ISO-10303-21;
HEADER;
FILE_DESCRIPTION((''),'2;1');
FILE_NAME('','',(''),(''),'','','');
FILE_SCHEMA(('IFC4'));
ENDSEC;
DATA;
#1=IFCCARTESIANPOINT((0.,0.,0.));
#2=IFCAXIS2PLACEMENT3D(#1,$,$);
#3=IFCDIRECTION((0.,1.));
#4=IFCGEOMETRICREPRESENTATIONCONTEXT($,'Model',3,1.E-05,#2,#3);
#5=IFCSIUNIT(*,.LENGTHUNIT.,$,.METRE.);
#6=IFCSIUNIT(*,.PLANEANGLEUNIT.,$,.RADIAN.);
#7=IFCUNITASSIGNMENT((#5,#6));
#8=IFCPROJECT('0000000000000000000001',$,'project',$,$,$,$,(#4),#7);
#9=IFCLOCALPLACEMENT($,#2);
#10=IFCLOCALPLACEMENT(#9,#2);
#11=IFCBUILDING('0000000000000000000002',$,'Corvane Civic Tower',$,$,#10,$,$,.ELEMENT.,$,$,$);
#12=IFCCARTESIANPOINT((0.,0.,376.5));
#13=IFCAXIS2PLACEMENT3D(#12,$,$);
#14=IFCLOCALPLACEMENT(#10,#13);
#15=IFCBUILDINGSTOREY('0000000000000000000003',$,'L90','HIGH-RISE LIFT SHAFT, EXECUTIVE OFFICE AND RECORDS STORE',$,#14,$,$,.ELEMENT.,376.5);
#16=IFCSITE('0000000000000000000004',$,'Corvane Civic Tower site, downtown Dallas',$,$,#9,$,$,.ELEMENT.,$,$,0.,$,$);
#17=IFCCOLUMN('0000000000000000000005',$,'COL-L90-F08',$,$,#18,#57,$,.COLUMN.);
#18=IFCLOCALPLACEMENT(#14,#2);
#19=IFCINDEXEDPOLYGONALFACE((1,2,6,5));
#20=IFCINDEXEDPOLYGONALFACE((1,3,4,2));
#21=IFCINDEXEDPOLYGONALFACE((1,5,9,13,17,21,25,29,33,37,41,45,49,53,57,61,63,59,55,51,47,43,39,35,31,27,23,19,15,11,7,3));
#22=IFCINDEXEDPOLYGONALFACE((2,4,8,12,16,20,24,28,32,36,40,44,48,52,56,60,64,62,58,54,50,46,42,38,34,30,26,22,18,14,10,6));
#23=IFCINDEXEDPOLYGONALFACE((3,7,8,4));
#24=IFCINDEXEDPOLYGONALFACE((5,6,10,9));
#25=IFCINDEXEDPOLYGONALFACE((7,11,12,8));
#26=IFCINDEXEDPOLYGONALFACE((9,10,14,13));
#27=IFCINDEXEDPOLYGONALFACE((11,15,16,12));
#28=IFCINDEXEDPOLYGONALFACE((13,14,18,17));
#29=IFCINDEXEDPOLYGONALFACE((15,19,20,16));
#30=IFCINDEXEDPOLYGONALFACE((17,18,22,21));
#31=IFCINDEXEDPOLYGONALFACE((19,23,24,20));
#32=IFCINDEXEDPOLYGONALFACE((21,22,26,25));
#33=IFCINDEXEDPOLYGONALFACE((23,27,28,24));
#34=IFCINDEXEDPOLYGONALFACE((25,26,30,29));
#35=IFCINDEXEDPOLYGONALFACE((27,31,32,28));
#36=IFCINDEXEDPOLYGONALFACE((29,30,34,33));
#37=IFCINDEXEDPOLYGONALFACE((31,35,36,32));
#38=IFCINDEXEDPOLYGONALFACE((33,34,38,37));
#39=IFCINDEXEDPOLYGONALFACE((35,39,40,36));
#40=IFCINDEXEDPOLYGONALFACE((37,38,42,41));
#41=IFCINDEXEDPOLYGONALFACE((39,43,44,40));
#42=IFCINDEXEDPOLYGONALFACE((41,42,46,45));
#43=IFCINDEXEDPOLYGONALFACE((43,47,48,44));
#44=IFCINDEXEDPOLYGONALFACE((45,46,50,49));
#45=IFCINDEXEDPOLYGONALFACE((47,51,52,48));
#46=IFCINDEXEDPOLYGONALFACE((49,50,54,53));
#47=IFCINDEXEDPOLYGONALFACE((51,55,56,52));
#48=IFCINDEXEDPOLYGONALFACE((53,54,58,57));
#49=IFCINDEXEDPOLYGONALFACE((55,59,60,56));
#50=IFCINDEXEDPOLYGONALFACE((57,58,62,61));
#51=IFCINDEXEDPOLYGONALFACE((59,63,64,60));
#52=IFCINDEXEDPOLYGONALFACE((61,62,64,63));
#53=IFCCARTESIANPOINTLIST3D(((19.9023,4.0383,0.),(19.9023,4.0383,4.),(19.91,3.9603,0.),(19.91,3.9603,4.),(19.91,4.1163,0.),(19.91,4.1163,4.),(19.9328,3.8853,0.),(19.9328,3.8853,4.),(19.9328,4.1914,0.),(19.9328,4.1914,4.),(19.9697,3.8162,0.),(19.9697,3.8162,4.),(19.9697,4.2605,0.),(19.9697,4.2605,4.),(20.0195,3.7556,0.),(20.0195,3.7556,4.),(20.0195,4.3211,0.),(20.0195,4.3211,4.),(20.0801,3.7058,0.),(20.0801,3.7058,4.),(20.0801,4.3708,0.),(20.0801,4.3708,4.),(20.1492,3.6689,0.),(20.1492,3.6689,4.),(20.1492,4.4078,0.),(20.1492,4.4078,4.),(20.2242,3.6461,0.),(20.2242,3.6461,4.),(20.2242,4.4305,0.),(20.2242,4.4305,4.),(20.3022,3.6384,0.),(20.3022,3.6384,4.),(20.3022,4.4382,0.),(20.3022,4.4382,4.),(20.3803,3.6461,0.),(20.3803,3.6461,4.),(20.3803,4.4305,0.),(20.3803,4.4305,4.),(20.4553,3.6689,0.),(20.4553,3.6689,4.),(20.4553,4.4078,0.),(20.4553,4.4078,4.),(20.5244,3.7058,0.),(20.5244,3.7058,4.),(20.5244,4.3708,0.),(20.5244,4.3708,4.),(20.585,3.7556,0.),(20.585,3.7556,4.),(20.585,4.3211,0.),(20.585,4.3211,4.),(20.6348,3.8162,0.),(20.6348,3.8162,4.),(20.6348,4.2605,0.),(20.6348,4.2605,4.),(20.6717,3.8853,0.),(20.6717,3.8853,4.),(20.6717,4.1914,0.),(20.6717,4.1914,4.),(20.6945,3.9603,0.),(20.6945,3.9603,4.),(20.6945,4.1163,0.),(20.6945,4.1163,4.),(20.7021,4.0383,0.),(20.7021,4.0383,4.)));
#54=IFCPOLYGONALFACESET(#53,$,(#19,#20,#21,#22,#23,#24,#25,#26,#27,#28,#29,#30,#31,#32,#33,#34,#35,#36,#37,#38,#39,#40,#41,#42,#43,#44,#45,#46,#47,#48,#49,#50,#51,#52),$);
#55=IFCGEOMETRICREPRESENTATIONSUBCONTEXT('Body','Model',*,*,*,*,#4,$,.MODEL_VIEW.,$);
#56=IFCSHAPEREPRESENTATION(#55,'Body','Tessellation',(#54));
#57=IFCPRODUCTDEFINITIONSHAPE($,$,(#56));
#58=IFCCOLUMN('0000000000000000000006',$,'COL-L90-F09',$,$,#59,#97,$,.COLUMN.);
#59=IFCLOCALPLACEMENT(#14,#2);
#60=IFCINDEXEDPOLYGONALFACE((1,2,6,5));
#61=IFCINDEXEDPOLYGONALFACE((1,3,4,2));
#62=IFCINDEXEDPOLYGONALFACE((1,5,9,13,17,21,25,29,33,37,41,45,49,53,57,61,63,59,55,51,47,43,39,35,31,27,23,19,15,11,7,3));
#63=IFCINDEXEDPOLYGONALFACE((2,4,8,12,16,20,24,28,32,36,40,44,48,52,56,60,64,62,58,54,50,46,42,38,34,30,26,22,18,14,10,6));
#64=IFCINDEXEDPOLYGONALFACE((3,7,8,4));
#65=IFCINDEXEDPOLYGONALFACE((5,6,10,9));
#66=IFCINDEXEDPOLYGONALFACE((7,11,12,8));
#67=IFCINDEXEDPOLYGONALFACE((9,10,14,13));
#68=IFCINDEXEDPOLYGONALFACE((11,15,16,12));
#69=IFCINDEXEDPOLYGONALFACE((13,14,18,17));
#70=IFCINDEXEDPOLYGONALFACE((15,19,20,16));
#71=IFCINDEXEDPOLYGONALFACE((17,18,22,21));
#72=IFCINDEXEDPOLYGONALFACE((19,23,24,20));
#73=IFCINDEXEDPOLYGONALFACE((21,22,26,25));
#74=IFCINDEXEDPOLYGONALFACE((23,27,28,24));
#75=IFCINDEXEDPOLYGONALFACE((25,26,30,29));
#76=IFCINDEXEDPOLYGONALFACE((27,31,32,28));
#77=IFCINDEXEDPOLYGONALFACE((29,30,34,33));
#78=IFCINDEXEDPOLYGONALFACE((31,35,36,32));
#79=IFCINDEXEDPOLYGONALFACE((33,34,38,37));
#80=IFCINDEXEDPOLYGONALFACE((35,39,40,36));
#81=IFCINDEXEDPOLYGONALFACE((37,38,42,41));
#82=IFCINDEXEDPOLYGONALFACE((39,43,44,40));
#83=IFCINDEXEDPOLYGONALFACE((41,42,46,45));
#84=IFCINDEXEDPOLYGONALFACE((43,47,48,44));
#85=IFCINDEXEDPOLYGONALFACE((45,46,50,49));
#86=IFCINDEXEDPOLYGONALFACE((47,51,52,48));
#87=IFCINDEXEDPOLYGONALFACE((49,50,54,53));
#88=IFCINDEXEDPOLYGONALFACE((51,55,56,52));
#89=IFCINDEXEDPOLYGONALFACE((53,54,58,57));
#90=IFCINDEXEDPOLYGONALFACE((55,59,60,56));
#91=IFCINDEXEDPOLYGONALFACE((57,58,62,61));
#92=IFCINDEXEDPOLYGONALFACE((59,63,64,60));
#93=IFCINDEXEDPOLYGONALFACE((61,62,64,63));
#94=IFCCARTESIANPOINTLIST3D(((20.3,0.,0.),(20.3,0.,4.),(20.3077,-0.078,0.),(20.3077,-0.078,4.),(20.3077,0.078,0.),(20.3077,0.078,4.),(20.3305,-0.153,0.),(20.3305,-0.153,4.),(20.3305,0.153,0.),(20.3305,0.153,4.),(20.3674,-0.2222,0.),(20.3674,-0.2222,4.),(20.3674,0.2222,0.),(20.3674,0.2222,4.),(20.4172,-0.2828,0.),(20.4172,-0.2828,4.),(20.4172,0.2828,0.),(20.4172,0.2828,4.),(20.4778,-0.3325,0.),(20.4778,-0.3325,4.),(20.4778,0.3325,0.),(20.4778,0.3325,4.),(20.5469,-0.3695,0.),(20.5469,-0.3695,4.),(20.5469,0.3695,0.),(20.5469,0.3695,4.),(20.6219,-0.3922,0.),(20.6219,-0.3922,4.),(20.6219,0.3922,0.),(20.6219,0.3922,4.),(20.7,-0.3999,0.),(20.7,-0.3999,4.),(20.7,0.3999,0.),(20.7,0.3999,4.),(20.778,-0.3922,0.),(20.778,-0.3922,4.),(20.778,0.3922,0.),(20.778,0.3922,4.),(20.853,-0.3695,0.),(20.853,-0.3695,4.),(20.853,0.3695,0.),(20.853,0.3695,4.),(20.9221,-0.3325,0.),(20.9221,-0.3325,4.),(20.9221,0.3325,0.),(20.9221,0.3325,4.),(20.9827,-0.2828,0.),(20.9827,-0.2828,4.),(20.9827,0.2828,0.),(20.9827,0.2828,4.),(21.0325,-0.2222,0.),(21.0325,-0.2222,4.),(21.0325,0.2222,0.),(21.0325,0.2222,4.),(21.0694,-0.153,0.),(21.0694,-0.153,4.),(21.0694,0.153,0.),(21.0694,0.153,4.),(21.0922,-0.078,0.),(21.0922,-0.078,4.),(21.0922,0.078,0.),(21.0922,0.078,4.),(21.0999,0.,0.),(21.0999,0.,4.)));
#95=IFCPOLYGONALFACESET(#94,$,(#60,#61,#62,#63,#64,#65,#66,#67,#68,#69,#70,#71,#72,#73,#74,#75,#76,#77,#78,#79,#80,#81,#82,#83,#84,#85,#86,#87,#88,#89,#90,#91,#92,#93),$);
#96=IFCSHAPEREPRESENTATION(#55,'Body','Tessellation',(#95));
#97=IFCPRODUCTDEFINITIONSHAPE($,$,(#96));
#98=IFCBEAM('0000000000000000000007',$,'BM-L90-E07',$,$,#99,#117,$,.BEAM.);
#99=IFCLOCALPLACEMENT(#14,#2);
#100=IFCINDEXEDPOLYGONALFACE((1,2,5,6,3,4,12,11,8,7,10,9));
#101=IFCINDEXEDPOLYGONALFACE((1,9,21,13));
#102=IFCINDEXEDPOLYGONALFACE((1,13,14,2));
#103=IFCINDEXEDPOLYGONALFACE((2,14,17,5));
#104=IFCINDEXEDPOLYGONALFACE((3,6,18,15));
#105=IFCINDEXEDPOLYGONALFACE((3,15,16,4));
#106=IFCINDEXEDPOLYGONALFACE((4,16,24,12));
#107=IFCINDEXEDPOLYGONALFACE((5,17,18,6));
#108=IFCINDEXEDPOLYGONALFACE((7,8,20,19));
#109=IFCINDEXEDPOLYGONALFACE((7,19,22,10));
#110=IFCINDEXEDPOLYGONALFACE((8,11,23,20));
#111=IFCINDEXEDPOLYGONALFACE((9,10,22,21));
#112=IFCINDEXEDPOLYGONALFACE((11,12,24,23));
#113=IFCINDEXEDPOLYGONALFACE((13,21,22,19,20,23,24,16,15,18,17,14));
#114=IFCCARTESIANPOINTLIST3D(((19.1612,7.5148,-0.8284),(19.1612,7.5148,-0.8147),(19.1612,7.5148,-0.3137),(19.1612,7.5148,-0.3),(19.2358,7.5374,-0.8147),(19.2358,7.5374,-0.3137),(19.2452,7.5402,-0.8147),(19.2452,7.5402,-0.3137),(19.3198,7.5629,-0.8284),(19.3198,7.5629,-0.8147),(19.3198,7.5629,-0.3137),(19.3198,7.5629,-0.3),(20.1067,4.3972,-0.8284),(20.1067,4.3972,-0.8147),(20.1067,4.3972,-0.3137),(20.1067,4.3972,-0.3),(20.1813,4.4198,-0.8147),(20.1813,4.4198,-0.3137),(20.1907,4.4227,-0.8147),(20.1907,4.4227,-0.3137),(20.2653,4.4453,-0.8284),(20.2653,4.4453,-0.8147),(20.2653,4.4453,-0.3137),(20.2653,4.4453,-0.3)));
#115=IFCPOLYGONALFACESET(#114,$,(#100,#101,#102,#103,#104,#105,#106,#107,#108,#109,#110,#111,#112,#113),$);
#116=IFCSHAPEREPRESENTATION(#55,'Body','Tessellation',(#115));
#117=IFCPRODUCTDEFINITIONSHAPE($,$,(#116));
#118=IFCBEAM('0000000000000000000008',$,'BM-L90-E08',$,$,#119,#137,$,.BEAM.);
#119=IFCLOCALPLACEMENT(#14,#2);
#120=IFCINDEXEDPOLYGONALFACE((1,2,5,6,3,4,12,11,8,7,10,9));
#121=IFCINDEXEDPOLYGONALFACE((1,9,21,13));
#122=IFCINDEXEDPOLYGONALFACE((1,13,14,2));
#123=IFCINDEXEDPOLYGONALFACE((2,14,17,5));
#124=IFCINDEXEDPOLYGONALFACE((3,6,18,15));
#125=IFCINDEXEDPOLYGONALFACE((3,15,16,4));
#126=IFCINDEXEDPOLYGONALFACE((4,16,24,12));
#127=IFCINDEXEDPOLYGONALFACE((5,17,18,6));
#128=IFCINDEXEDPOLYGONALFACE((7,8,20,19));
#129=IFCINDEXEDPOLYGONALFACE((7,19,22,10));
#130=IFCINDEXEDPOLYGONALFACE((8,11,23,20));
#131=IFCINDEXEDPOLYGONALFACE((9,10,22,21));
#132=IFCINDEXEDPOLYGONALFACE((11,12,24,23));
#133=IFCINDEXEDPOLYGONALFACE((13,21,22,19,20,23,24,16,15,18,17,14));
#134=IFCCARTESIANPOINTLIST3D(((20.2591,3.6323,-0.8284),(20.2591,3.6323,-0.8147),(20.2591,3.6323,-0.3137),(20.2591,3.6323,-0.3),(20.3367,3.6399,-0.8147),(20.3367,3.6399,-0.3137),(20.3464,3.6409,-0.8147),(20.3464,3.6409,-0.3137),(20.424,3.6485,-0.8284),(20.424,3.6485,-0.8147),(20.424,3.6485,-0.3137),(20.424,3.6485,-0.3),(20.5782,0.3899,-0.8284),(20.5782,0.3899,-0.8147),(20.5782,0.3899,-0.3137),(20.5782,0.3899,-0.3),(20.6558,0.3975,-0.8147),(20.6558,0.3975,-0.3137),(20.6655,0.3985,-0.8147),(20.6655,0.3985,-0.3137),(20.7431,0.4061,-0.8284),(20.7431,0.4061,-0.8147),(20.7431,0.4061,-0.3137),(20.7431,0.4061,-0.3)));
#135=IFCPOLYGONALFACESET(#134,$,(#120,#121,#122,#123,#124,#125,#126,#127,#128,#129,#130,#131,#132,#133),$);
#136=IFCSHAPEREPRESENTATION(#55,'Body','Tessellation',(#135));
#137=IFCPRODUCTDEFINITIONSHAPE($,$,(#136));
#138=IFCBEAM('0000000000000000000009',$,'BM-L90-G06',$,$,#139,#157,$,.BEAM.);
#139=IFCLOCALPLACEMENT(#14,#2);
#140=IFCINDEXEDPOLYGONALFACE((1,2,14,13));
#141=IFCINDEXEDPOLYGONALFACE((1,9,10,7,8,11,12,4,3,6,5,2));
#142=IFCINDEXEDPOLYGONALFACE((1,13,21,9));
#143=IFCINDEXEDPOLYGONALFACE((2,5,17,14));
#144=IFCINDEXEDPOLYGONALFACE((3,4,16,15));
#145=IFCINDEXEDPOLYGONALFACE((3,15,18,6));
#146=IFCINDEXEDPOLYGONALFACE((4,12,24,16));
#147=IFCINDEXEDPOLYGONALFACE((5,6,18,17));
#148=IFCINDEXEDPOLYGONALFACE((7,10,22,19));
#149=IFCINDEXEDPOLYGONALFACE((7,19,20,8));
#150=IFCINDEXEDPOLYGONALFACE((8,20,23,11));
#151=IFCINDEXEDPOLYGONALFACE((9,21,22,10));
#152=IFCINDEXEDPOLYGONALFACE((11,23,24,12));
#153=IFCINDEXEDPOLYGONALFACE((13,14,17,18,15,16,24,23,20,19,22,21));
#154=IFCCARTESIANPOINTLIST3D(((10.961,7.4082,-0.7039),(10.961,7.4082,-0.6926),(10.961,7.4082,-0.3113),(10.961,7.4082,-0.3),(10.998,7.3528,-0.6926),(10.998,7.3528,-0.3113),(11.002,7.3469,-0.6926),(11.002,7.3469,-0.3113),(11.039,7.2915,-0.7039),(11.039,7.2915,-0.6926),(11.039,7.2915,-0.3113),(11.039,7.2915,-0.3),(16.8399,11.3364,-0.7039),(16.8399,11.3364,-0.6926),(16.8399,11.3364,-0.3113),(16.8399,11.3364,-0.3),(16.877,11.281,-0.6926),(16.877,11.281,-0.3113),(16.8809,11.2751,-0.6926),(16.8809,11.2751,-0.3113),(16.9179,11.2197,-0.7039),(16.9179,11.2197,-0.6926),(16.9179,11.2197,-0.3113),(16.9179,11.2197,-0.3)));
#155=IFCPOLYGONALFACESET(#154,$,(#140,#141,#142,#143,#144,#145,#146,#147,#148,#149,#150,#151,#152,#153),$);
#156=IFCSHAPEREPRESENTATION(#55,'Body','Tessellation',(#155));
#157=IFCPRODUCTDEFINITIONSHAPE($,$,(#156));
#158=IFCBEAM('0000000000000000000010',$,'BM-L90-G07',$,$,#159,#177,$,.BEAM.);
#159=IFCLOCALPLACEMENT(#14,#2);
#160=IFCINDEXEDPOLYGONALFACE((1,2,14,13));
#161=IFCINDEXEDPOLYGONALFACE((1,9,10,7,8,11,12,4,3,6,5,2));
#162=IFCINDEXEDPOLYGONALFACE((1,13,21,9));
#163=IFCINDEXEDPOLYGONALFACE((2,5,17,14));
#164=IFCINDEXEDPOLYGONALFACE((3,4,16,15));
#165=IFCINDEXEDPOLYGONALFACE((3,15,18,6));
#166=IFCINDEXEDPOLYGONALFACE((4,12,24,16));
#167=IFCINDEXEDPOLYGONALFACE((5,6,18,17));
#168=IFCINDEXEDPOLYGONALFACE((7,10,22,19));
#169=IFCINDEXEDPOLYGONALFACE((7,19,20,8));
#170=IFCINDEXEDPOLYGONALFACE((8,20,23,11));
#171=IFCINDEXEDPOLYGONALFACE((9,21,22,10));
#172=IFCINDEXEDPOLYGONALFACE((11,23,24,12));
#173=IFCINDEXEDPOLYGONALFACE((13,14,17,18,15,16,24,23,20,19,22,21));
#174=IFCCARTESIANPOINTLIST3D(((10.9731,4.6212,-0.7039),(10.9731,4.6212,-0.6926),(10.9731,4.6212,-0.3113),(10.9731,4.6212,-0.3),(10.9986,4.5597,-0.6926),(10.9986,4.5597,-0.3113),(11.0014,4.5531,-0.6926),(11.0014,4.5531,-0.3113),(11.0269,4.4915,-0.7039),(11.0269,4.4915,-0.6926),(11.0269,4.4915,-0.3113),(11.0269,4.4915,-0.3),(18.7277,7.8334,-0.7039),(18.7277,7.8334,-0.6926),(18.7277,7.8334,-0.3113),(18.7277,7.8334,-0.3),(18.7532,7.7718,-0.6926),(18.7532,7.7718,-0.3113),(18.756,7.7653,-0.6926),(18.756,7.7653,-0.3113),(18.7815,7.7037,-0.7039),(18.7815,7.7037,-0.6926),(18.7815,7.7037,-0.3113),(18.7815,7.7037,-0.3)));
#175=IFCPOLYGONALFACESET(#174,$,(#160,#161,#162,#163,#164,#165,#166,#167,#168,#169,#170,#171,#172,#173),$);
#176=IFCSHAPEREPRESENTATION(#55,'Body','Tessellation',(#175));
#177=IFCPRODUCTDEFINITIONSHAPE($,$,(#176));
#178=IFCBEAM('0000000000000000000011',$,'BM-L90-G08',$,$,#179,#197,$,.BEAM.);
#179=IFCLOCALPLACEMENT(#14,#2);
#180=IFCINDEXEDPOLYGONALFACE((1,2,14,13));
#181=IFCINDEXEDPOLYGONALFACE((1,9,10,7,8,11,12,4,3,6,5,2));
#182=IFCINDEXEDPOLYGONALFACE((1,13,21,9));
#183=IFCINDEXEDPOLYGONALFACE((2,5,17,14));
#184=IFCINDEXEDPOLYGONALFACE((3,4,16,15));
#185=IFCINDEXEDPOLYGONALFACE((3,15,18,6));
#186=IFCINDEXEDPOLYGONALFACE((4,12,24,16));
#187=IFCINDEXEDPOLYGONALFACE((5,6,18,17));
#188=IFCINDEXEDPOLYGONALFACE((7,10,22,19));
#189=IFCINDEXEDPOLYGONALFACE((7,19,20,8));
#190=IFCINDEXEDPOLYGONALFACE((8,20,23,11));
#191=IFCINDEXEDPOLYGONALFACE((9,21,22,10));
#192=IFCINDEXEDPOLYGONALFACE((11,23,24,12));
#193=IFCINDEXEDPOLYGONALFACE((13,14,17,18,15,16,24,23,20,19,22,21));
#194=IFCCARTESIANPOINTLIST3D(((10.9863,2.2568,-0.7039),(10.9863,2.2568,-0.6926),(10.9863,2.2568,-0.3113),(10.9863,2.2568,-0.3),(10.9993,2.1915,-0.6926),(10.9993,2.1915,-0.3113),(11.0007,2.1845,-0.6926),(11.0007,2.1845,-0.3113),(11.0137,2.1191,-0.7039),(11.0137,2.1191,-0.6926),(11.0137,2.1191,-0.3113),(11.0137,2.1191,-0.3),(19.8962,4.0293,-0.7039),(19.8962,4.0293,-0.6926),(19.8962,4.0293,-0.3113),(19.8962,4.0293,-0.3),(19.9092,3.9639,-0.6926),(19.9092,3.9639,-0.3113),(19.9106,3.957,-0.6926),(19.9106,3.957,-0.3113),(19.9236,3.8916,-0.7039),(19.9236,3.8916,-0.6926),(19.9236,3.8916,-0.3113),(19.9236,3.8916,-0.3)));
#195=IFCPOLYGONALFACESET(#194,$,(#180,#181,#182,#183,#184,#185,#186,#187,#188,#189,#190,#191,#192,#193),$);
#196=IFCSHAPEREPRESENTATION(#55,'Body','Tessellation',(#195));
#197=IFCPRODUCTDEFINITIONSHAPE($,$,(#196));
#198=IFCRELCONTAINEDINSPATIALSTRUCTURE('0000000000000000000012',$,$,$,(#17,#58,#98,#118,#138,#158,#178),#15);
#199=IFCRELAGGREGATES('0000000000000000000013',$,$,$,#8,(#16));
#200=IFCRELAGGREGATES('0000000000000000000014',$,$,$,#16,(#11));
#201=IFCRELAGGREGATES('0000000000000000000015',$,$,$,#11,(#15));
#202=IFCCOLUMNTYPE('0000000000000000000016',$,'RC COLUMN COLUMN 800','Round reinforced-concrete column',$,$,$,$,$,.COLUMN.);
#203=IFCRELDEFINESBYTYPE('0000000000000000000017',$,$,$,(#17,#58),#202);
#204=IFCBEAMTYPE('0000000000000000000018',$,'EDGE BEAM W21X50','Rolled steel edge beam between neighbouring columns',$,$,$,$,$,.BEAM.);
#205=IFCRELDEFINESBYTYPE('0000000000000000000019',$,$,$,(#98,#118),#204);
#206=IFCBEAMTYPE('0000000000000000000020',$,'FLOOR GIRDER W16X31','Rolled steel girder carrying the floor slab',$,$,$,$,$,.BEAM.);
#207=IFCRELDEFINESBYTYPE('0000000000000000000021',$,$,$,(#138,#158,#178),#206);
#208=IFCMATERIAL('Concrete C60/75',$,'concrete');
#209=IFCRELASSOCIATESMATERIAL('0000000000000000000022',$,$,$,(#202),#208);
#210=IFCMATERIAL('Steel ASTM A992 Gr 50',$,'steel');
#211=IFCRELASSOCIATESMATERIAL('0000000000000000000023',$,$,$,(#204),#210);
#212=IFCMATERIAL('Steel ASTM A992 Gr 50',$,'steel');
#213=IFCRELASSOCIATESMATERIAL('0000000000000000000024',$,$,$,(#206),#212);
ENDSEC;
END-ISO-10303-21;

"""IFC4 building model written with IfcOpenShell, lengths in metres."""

from ifc_helpers import new_model, si_unit, direction, frame, origin, origin_2d, place, context, subcontext, project, spatial, circle, i_section, extrude, material, material_profile, profile_set, type_object, element, save


model = new_model("IFC4")

# Units and contexts
model_context = context("Model", 3, precision=1e-05, world=origin(), true_north=direction((0.0, 1.0)))
body_context = subcontext(model_context, "Body", "Model", "MODEL_VIEW")
ifc_project = project(units=[si_unit("LENGTHUNIT", "METRE"), si_unit("PLANEANGLEUNIT", "RADIAN")], contexts=[model_context])

# Site, building, storey
site_placement = place(None, origin())
site = spatial("IfcSite", under=ifc_project, at=site_placement, Name="Corvane Civic Tower site, downtown Dallas", CompositionType="ELEMENT", RefElevation=0.0)
building_placement = place(site_placement, origin())
building = spatial("IfcBuilding", under=site, at=building_placement, Name="Corvane Civic Tower", CompositionType="ELEMENT")
storey_placement = place(building_placement, frame((0.0, 0.0, 376.5)))
storey = spatial("IfcBuildingStorey", under=building, at=storey_placement, Name="L90", Description="HIGH-RISE LIFT SHAFT, EXECUTIVE OFFICE AND RECORDS STORE", CompositionType="ELEMENT", Elevation=376.5)

# Columns
ifc_material_1 = material(Name="Concrete C60/75", Category="concrete")
ifc_material_profile_1 = material_profile(ifc_material_1, circle(Radius=0.3999, at=origin_2d()), Name="COLUMN 800")
ifc_profile_set_1 = profile_set([ifc_material_profile_1], Name="Concrete C60/75")
column_type = type_object("IfcColumnType", Name="RC COLUMN COLUMN 800", Description="Round reinforced-concrete column", PredefinedType="COLUMN", material=ifc_profile_set_1)
for number, where, z_axis, x_axis, name in (
    (1, (20.3022, 4.0383, 0.0), (0.0, 0.0, 1.0), (1.0, 0.0, 0.0), "COL-L90-F08"),
    (2, (20.7, 0.0, 0.0), (0.0, 0.0, 1.0), (1.0, 0.0, 0.0), "COL-L90-F09"),
):
    element("IfcColumn", number, at=place(storey_placement, frame(where, z_axis=z_axis, x_axis=x_axis)), inside=storey, type_object=column_type, Name=name, PredefinedType="COLUMN", context=body_context, shape_type="SweptSolid", body=[
        extrude(circle(Radius=0.3999, at=origin_2d()), origin(), (0.0, 0.0, 1.0), 4.0),
    ])

# Beams
ifc_material_2 = material(Name="Steel ASTM A992 Gr 50", Category="steel")
ifc_material_profile_2 = material_profile(ifc_material_2, i_section(OverallWidth=0.1658, OverallDepth=0.5283, WebThickness=0.0098, FlangeThickness=0.0137, at=origin_2d()), Name="W21X50")
ifc_profile_set_2 = profile_set([ifc_material_profile_2], Name="Steel ASTM A992 Gr 50")
beam_type_1 = type_object("IfcBeamType", Name="EDGE BEAM W21X50", Description="Rolled steel edge beam between neighbouring columns", PredefinedType="BEAM", material=ifc_profile_set_2)
beam_1_placement = place(storey_placement, frame((19.2405, 7.5388, -0.5642), z_axis=(0.290234, -0.956956, 0.0), x_axis=(0.956956, 0.290234, 0.0)))
element("IfcBeam", 3, at=beam_1_placement, inside=storey, type_object=beam_type_1, Name="BM-L90-E07", PredefinedType="BEAM", context=body_context, shape_type="SweptSolid", body=[
    extrude(i_section(OverallWidth=0.1658, OverallDepth=0.5283, WebThickness=0.0098, FlangeThickness=0.0137, at=origin_2d()), origin(), (0.0, 0.0, 1.0), 3.2578),
])
beam_2_placement = place(storey_placement, frame((20.3416, 3.6404, -0.5642), z_axis=(0.097938, -0.995193, 0.0), x_axis=(0.995193, 0.097938, 0.0)))
element("IfcBeam", 4, at=beam_2_placement, inside=storey, type_object=beam_type_1, Name="BM-L90-E08", PredefinedType="BEAM", context=body_context, shape_type="SweptSolid", body=[
    extrude(i_section(OverallWidth=0.1658, OverallDepth=0.5283, WebThickness=0.0098, FlangeThickness=0.0137, at=origin_2d()), origin(), (0.0, 0.0, 1.0), 3.2581),
])
ifc_material_3 = material(Name="Steel ASTM A992 Gr 50", Category="steel")
ifc_material_profile_3 = material_profile(ifc_material_3, i_section(OverallWidth=0.1404, OverallDepth=0.4038, WebThickness=0.0071, FlangeThickness=0.0112, at=origin_2d()), Name="W16X31")
ifc_profile_set_3 = profile_set([ifc_material_profile_3], Name="Steel ASTM A992 Gr 50")
beam_type_2 = type_object("IfcBeamType", Name="FLOOR GIRDER W16X31", Description="Rolled steel girder carrying the floor slab", PredefinedType="BEAM", material=ifc_profile_set_3)
beam_3_placement = place(storey_placement, frame((11.0, 7.3499, -0.502), z_axis=(0.831465, 0.555576, 0.0), x_axis=(-0.555576, 0.831465, 0.0)))
element("IfcBeam", 5, at=beam_3_placement, inside=storey, type_object=beam_type_2, Name="BM-L90-G06", PredefinedType="BEAM", context=body_context, shape_type="SweptSolid", body=[
    extrude(i_section(OverallWidth=0.1404, OverallDepth=0.4038, WebThickness=0.0071, FlangeThickness=0.0112, at=origin_2d()), origin(), (0.0, 0.0, 1.0), 7.0706),
])
beam_4_placement = place(storey_placement, frame((11.0, 4.5564, -0.502), z_axis=(0.923876, 0.382692, 0.0), x_axis=(-0.382692, 0.923876, 0.0)))
element("IfcBeam", 6, at=beam_4_placement, inside=storey, type_object=beam_type_2, Name="BM-L90-G07", PredefinedType="BEAM", context=body_context, shape_type="SweptSolid", body=[
    extrude(i_section(OverallWidth=0.1404, OverallDepth=0.4038, WebThickness=0.0071, FlangeThickness=0.0112, at=origin_2d()), origin(), (0.0, 0.0, 1.0), 8.3936),
])
beam_5_placement = place(storey_placement, frame((11.0, 2.188, -0.502), z_axis=(0.980782, 0.195108, 0.0), x_axis=(-0.195108, 0.980782, 0.0)))
element("IfcBeam", 7, at=beam_5_placement, inside=storey, type_object=beam_type_2, Name="BM-L90-G08", PredefinedType="BEAM", context=body_context, shape_type="SweptSolid", body=[
    extrude(i_section(OverallWidth=0.1404, OverallDepth=0.4038, WebThickness=0.0071, FlangeThickness=0.0112, at=origin_2d()), origin(), (0.0, 0.0, 1.0), 9.0845),
])

save(model, "model.ifc")
